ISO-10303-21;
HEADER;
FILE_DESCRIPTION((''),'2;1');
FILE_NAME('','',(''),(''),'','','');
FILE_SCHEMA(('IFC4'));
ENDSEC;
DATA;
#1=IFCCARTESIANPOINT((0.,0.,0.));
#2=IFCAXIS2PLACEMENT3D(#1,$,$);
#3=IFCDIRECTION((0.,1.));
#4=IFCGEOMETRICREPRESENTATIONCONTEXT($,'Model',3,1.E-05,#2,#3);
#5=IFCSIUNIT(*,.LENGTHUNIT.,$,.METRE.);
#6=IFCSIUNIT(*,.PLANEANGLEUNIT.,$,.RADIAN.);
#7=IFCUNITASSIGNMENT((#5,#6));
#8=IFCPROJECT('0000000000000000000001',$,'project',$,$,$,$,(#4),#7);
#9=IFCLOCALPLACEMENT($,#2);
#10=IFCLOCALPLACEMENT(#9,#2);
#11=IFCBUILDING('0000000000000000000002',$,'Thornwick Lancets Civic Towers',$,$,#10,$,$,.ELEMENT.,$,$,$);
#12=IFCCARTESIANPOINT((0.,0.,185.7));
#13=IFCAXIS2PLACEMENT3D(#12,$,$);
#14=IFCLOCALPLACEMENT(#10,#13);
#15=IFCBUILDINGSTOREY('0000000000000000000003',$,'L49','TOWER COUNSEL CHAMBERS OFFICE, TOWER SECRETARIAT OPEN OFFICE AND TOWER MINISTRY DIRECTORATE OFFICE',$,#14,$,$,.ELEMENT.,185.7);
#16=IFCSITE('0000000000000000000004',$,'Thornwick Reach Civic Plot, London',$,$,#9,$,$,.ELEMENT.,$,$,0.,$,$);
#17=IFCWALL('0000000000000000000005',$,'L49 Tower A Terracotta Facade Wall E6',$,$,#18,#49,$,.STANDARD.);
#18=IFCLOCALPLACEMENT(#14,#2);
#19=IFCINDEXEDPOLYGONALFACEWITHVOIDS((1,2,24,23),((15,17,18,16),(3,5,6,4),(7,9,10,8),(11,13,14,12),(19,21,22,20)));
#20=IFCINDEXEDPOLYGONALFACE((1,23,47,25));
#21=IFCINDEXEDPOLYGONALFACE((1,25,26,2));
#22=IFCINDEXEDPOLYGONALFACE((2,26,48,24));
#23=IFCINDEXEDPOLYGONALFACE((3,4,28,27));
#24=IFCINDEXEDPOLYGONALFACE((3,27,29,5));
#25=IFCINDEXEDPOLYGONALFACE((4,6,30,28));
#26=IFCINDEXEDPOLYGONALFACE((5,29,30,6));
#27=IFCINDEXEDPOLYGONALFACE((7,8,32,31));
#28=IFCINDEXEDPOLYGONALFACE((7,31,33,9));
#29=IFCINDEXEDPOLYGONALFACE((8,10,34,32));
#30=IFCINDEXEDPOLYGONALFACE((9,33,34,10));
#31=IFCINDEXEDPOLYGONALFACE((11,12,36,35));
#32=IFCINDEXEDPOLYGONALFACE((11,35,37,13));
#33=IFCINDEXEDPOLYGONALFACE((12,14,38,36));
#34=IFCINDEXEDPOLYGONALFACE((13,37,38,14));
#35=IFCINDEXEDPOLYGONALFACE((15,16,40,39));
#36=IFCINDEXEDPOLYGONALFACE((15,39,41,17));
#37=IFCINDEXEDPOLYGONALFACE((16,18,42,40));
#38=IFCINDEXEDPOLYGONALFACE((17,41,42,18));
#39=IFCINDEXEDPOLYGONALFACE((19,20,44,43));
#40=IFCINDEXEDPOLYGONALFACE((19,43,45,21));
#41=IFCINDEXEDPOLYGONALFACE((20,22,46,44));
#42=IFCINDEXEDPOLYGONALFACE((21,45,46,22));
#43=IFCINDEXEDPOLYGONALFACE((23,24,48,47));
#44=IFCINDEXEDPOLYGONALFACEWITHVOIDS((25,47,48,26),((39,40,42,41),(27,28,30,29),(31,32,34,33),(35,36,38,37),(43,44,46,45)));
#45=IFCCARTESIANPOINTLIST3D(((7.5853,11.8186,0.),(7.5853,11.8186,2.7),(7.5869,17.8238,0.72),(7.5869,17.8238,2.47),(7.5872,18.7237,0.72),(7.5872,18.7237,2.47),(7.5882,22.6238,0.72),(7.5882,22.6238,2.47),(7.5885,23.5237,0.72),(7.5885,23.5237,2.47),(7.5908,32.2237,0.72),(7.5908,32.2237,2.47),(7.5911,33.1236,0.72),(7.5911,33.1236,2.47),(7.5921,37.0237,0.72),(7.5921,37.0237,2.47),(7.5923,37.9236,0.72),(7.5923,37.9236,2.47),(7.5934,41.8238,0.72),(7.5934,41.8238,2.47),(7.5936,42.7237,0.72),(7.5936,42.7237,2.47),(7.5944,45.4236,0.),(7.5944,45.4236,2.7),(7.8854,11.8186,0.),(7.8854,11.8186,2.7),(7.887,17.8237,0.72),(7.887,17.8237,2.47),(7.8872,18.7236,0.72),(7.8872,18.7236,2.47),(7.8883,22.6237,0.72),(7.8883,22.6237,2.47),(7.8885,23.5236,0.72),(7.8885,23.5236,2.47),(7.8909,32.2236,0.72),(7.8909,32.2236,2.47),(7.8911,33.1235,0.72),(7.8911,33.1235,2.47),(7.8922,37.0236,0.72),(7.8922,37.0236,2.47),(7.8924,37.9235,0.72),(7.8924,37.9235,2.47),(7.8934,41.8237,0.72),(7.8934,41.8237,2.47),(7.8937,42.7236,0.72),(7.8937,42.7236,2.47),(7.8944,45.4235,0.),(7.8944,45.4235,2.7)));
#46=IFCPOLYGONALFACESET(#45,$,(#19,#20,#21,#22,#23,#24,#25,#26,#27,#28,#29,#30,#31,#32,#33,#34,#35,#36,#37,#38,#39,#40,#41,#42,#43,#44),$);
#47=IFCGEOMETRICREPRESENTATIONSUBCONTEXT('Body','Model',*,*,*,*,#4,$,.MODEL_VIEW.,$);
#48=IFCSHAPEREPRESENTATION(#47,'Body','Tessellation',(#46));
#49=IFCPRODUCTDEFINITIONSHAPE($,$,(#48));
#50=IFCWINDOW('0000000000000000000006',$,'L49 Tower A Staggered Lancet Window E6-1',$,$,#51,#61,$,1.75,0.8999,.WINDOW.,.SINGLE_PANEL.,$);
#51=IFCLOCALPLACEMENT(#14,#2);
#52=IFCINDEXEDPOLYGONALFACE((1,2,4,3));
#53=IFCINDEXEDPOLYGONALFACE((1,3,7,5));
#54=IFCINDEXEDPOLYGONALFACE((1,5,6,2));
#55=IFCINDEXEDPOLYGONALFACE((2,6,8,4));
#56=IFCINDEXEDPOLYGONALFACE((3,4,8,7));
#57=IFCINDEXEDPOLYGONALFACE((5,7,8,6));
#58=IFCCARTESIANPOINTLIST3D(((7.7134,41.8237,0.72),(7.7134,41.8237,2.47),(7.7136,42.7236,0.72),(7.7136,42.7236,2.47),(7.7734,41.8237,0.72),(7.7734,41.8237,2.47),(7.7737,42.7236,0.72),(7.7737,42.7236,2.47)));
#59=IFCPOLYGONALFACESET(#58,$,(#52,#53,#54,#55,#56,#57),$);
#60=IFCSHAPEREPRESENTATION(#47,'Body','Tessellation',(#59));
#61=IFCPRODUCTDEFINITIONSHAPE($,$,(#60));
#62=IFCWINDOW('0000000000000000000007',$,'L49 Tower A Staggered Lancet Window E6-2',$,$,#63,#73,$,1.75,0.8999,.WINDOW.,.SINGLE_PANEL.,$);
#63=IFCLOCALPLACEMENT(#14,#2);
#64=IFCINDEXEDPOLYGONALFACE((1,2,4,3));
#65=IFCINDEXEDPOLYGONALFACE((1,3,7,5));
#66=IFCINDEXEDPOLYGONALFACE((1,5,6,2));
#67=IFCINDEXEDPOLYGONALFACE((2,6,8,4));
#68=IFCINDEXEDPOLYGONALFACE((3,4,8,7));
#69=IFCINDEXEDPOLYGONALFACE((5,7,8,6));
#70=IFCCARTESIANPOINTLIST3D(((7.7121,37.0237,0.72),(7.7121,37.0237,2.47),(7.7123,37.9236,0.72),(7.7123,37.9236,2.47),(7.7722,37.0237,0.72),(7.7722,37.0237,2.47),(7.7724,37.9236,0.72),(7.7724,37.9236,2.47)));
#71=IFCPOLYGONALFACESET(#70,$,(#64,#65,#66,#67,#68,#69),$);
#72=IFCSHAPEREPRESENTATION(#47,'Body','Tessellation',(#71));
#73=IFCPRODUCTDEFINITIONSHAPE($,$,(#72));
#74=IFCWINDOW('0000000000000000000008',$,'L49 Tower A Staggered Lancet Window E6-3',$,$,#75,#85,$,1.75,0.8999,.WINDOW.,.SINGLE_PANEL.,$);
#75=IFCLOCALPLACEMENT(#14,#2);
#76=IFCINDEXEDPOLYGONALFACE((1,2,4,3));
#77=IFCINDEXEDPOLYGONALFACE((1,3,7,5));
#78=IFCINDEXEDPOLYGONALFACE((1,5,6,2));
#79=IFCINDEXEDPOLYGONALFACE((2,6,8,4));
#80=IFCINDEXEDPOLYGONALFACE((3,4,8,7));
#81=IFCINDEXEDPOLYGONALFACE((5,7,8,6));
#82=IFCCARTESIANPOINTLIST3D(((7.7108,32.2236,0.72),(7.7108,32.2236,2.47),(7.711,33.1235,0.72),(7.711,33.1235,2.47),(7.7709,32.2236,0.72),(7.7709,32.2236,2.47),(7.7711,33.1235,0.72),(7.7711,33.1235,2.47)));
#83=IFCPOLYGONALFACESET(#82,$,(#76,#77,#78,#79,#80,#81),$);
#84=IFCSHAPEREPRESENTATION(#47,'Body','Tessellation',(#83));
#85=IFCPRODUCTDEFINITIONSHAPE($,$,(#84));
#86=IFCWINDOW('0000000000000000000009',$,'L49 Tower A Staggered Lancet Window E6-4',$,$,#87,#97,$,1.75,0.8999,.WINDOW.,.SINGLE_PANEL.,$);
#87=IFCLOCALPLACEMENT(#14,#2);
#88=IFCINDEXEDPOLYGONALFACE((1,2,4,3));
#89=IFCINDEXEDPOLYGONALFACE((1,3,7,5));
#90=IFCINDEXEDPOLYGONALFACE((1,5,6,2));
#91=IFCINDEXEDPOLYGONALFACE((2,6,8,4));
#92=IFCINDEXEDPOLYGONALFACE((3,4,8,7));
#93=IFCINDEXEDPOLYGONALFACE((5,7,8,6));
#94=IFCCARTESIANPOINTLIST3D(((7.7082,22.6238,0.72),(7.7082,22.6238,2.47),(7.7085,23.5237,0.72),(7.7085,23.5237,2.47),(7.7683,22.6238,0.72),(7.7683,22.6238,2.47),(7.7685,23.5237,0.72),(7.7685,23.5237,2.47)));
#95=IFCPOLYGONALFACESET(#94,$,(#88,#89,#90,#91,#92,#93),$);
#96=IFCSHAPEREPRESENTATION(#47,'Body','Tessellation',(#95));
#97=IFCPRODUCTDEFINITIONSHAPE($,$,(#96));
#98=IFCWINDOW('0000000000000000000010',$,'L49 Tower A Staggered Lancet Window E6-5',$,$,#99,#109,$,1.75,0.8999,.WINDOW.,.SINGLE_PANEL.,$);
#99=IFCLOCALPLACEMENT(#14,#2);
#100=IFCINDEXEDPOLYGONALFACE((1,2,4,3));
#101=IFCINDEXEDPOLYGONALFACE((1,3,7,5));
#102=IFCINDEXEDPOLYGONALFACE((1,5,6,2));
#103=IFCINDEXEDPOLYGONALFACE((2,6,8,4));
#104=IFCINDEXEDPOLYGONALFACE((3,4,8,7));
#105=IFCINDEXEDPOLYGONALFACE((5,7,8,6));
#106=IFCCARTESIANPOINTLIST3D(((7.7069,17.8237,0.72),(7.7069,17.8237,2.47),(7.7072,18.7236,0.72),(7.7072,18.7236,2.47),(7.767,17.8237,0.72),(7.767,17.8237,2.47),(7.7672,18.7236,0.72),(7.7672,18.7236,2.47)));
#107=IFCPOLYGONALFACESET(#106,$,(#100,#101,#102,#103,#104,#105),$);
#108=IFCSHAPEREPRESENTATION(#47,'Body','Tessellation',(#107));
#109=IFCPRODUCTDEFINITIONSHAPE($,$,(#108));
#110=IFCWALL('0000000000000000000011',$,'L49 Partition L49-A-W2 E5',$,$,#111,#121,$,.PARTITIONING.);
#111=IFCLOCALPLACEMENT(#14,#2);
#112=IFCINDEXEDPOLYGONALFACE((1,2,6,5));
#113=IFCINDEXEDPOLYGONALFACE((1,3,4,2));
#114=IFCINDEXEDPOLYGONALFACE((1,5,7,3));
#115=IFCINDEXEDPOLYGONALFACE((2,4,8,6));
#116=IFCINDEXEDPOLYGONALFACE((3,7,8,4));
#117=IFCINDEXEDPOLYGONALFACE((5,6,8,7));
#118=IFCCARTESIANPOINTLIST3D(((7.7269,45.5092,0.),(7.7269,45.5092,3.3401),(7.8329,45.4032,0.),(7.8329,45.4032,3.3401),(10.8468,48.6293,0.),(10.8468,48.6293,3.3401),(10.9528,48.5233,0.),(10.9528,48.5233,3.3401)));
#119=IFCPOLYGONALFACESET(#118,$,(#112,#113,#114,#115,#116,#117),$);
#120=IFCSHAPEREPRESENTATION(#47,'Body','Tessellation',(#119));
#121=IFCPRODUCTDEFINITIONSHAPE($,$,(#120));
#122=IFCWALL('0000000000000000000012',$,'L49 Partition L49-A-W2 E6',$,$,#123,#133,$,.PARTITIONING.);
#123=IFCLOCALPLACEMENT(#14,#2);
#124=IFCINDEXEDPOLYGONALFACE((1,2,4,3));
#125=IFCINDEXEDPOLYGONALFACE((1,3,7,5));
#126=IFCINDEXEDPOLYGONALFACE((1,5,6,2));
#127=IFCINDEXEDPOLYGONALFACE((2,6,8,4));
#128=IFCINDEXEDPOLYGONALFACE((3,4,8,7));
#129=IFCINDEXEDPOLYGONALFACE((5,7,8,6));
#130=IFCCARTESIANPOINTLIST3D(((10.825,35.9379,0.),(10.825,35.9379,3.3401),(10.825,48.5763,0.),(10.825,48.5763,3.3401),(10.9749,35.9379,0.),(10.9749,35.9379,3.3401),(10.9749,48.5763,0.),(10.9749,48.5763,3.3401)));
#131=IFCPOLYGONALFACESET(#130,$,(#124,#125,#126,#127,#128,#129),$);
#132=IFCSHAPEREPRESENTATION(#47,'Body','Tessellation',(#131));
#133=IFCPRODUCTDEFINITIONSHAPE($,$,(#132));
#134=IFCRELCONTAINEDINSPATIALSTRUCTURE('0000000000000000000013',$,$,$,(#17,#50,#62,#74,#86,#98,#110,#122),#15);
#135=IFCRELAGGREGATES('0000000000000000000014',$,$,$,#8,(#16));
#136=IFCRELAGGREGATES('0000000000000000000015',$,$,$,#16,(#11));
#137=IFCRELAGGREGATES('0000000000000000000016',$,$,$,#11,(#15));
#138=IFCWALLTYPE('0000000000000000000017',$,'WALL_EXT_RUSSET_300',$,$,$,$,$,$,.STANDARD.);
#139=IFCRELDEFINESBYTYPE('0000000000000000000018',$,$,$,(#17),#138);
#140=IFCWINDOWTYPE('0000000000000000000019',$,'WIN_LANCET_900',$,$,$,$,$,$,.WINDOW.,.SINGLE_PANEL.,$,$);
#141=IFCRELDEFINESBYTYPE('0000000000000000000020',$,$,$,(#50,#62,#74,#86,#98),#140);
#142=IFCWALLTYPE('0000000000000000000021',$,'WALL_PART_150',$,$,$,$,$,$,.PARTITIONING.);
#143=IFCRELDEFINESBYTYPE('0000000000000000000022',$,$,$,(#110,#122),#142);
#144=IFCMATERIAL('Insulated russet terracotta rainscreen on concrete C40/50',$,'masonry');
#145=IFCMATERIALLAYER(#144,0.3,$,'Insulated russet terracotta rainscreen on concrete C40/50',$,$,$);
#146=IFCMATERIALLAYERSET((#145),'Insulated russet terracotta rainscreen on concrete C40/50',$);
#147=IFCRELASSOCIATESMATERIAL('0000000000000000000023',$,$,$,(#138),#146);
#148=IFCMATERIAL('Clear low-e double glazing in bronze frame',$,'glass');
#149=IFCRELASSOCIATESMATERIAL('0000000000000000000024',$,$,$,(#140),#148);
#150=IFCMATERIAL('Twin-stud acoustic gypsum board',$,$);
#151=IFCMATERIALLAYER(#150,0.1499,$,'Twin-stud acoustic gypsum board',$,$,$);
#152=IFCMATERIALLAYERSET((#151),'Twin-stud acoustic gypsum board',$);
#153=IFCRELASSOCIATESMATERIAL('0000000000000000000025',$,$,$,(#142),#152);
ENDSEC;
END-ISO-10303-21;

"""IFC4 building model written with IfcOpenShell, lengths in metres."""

from ifc_helpers import new_model, si_unit, direction, frame, frame_2d, origin, place, context, subcontext, project, spatial, rectangle, extrude, material, layer, layer_set, type_object, element, fill, save


model = new_model("IFC4")

# Units and contexts
model_context = context("Model", 3, precision=1e-05, world=origin(), true_north=direction((0.0, 1.0)))
body_context = subcontext(model_context, "Body", "Model", "MODEL_VIEW")
ifc_project = project(units=[si_unit("LENGTHUNIT", "METRE"), si_unit("PLANEANGLEUNIT", "RADIAN")], contexts=[model_context])

# Site, building, storey
site_placement = place(None, origin())
site = spatial("IfcSite", under=ifc_project, at=site_placement, Name="Thornwick Reach Civic Plot, London", CompositionType="ELEMENT", RefElevation=0.0)
building_placement = place(site_placement, origin())
building = spatial("IfcBuilding", under=site, at=building_placement, Name="Thornwick Lancets Civic Towers", CompositionType="ELEMENT")
storey_placement = place(building_placement, frame((0.0, 0.0, 185.7)))
storey = spatial("IfcBuildingStorey", under=building, at=storey_placement, Name="L49", Description="TOWER COUNSEL CHAMBERS OFFICE, TOWER SECRETARIAT OPEN OFFICE AND TOWER MINISTRY DIRECTORATE OFFICE", CompositionType="ELEMENT", Elevation=185.7)

# Wall, openings, windows
ifc_material_1 = material(Name="Insulated russet terracotta rainscreen on concrete C40/50", Category="masonry")
ifc_layer_1 = layer(ifc_material_1, 0.3, Name="Insulated russet terracotta rainscreen on concrete C40/50")
ifc_layer_set_1 = layer_set([ifc_layer_1], Name="Insulated russet terracotta rainscreen on concrete C40/50")
wall_type_1 = type_object("IfcWallType", Name="WALL_EXT_RUSSET_300", PredefinedType="STANDARD", material=ifc_layer_set_1)
wall_1_placement = place(storey_placement, frame((7.7444, 45.4236, 0.0), z_axis=(0.0, 0.0, 1.0), x_axis=(-0.000269, -1.0, 0.0)))
wall_1 = element("IfcWall", 1, at=wall_1_placement, inside=storey, type_object=wall_type_1, Name="L49 Tower A Terracotta Facade Wall E6", PredefinedType="STANDARD", context=body_context, shape_type="SweptSolid", body=[
    extrude(rectangle(XDim=33.605, YDim=0.3, at=frame_2d((16.8025, 0.0))), origin(), (0.0, 0.0, 1.0), 2.7),
])
opening_1_placement = place(wall_1_placement, frame((2.7, 0.0, 0.72)))
opening_1 = element("IfcOpeningElement", 2, at=opening_1_placement, cuts=wall_1, PredefinedType="OPENING", context=body_context, shape_type="SweptSolid", body=[
    extrude(rectangle(XDim=0.8999, YDim=1.75, at=frame_2d((0.45, 0.875))), frame((0.0, 0.1602, 0.0), z_axis=(0.0, -1.0, 0.0), x_axis=(1.0, 0.0, 0.0)), (0.0, 0.0, 1.0), 0.3201),
])
opening_2_placement = place(wall_1_placement, frame((7.5, 0.0, 0.72)))
opening_2 = element("IfcOpeningElement", 3, at=opening_2_placement, cuts=wall_1, PredefinedType="OPENING", context=body_context, shape_type="SweptSolid", body=[
    extrude(rectangle(XDim=0.8999, YDim=1.75, at=frame_2d((0.45, 0.875))), frame((0.0, 0.1602, 0.0), z_axis=(0.0, -1.0, 0.0), x_axis=(1.0, 0.0, 0.0)), (0.0, 0.0, 1.0), 0.3201),
])
opening_3_placement = place(wall_1_placement, frame((12.3, 0.0, 0.72)))
opening_3 = element("IfcOpeningElement", 4, at=opening_3_placement, cuts=wall_1, PredefinedType="OPENING", context=body_context, shape_type="SweptSolid", body=[
    extrude(rectangle(XDim=0.8999, YDim=1.75, at=frame_2d((0.45, 0.875))), frame((0.0, 0.1602, 0.0), z_axis=(0.0, -1.0, 0.0), x_axis=(1.0, 0.0, 0.0)), (0.0, 0.0, 1.0), 0.3201),
])
opening_4_placement = place(wall_1_placement, frame((21.8999, 0.0, 0.72)))
opening_4 = element("IfcOpeningElement", 5, at=opening_4_placement, cuts=wall_1, PredefinedType="OPENING", context=body_context, shape_type="SweptSolid", body=[
    extrude(rectangle(XDim=0.8999, YDim=1.75, at=frame_2d((0.45, 0.875))), frame((0.0, 0.1602, 0.0), z_axis=(0.0, -1.0, 0.0), x_axis=(1.0, 0.0, 0.0)), (0.0, 0.0, 1.0), 0.3201),
])
opening_5_placement = place(wall_1_placement, frame((26.7, 0.0, 0.72)))
opening_5 = element("IfcOpeningElement", 6, at=opening_5_placement, cuts=wall_1, PredefinedType="OPENING", context=body_context, shape_type="SweptSolid", body=[
    extrude(rectangle(XDim=0.8999, YDim=1.75, at=frame_2d((0.45, 0.875))), frame((0.0, 0.1602, 0.0), z_axis=(0.0, -1.0, 0.0), x_axis=(1.0, 0.0, 0.0)), (0.0, 0.0, 1.0), 0.3201),
])
ifc_material_2 = material(Name="Clear low-e double glazing in bronze frame", Category="glass")
window_type = type_object("IfcWindowType", Name="WIN_LANCET_900", PartitioningType="SINGLE_PANEL", PredefinedType="WINDOW", material=ifc_material_2)
window_1_placement = place(opening_1_placement, origin())
window_1 = element("IfcWindow", 7, at=window_1_placement, inside=storey, type_object=window_type, Name="L49 Tower A Staggered Lancet Window E6-1", OverallHeight=1.75, OverallWidth=0.8999, PartitioningType="SINGLE_PANEL", PredefinedType="WINDOW", context=body_context, shape_type="SweptSolid", body=[
    extrude(rectangle(XDim=0.8999, YDim=1.75, at=frame_2d((0.45, 0.875))), frame((0.0, 0.03, 0.0), z_axis=(0.0, -1.0, 0.0), x_axis=(1.0, 0.0, 0.0)), (0.0, 0.0, 1.0), 0.0601),
])
fill(opening_1, window_1)
window_2_placement = place(opening_2_placement, origin())
window_2 = element("IfcWindow", 8, at=window_2_placement, inside=storey, type_object=window_type, Name="L49 Tower A Staggered Lancet Window E6-2", OverallHeight=1.75, OverallWidth=0.8999, PartitioningType="SINGLE_PANEL", PredefinedType="WINDOW", context=body_context, shape_type="SweptSolid", body=[
    extrude(rectangle(XDim=0.8999, YDim=1.75, at=frame_2d((0.45, 0.875))), frame((0.0, 0.03, 0.0), z_axis=(0.0, -1.0, 0.0), x_axis=(1.0, 0.0, 0.0)), (0.0, 0.0, 1.0), 0.0601),
])
fill(opening_2, window_2)
window_3_placement = place(opening_3_placement, origin())
window_3 = element("IfcWindow", 9, at=window_3_placement, inside=storey, type_object=window_type, Name="L49 Tower A Staggered Lancet Window E6-3", OverallHeight=1.75, OverallWidth=0.8999, PartitioningType="SINGLE_PANEL", PredefinedType="WINDOW", context=body_context, shape_type="SweptSolid", body=[
    extrude(rectangle(XDim=0.8999, YDim=1.75, at=frame_2d((0.45, 0.875))), frame((0.0, 0.03, 0.0), z_axis=(0.0, -1.0, 0.0), x_axis=(1.0, 0.0, 0.0)), (0.0, 0.0, 1.0), 0.0601),
])
fill(opening_3, window_3)
window_4_placement = place(opening_4_placement, origin())
window_4 = element("IfcWindow", 10, at=window_4_placement, inside=storey, type_object=window_type, Name="L49 Tower A Staggered Lancet Window E6-4", OverallHeight=1.75, OverallWidth=0.8999, PartitioningType="SINGLE_PANEL", PredefinedType="WINDOW", context=body_context, shape_type="SweptSolid", body=[
    extrude(rectangle(XDim=0.8999, YDim=1.75, at=frame_2d((0.45, 0.875))), frame((0.0, 0.03, 0.0), z_axis=(0.0, -1.0, 0.0), x_axis=(1.0, 0.0, 0.0)), (0.0, 0.0, 1.0), 0.0601),
])
fill(opening_4, window_4)
window_5_placement = place(opening_5_placement, origin())
window_5 = element("IfcWindow", 11, at=window_5_placement, inside=storey, type_object=window_type, Name="L49 Tower A Staggered Lancet Window E6-5", OverallHeight=1.75, OverallWidth=0.8999, PartitioningType="SINGLE_PANEL", PredefinedType="WINDOW", context=body_context, shape_type="SweptSolid", body=[
    extrude(rectangle(XDim=0.8999, YDim=1.75, at=frame_2d((0.45, 0.875))), frame((0.0, 0.03, 0.0), z_axis=(0.0, -1.0, 0.0), x_axis=(1.0, 0.0, 0.0)), (0.0, 0.0, 1.0), 0.0601),
])
fill(opening_5, window_5)

# Walls
ifc_material_3 = material(Name="Twin-stud acoustic gypsum board")
ifc_layer_2 = layer(ifc_material_3, 0.1499, Name="Twin-stud acoustic gypsum board")
ifc_layer_set_2 = layer_set([ifc_layer_2], Name="Twin-stud acoustic gypsum board")
wall_type_2 = type_object("IfcWallType", Name="WALL_PART_150", PredefinedType="PARTITIONING", material=ifc_layer_set_2)
wall_2_placement = place(storey_placement, frame((7.78, 45.4563, 0.0), z_axis=(0.0, 0.0, 1.0), x_axis=(0.707079, 0.707134, 0.0)))
element("IfcWall", 12, at=wall_2_placement, inside=storey, type_object=wall_type_2, Name="L49 Partition L49-A-W2 E5", PredefinedType="PARTITIONING", context=body_context, shape_type="SweptSolid", body=[
    extrude(rectangle(XDim=4.4124, YDim=0.1499, at=frame_2d((2.2061, 0.0))), origin(), (0.0, 0.0, 1.0), 3.3401),
])
wall_3_placement = place(storey_placement, frame((10.8999, 48.5764, 0.0), z_axis=(0.0, 0.0, 1.0), x_axis=(0.0, -1.0, 0.0)))
element("IfcWall", 13, at=wall_3_placement, inside=storey, type_object=wall_type_2, Name="L49 Partition L49-A-W2 E6", PredefinedType="PARTITIONING", context=body_context, shape_type="SweptSolid", body=[
    extrude(rectangle(XDim=12.6384, YDim=0.1499, at=frame_2d((6.3193, 0.0))), origin(), (0.0, 0.0, 1.0), 3.3401),
])

save(model, "model.ifc")
